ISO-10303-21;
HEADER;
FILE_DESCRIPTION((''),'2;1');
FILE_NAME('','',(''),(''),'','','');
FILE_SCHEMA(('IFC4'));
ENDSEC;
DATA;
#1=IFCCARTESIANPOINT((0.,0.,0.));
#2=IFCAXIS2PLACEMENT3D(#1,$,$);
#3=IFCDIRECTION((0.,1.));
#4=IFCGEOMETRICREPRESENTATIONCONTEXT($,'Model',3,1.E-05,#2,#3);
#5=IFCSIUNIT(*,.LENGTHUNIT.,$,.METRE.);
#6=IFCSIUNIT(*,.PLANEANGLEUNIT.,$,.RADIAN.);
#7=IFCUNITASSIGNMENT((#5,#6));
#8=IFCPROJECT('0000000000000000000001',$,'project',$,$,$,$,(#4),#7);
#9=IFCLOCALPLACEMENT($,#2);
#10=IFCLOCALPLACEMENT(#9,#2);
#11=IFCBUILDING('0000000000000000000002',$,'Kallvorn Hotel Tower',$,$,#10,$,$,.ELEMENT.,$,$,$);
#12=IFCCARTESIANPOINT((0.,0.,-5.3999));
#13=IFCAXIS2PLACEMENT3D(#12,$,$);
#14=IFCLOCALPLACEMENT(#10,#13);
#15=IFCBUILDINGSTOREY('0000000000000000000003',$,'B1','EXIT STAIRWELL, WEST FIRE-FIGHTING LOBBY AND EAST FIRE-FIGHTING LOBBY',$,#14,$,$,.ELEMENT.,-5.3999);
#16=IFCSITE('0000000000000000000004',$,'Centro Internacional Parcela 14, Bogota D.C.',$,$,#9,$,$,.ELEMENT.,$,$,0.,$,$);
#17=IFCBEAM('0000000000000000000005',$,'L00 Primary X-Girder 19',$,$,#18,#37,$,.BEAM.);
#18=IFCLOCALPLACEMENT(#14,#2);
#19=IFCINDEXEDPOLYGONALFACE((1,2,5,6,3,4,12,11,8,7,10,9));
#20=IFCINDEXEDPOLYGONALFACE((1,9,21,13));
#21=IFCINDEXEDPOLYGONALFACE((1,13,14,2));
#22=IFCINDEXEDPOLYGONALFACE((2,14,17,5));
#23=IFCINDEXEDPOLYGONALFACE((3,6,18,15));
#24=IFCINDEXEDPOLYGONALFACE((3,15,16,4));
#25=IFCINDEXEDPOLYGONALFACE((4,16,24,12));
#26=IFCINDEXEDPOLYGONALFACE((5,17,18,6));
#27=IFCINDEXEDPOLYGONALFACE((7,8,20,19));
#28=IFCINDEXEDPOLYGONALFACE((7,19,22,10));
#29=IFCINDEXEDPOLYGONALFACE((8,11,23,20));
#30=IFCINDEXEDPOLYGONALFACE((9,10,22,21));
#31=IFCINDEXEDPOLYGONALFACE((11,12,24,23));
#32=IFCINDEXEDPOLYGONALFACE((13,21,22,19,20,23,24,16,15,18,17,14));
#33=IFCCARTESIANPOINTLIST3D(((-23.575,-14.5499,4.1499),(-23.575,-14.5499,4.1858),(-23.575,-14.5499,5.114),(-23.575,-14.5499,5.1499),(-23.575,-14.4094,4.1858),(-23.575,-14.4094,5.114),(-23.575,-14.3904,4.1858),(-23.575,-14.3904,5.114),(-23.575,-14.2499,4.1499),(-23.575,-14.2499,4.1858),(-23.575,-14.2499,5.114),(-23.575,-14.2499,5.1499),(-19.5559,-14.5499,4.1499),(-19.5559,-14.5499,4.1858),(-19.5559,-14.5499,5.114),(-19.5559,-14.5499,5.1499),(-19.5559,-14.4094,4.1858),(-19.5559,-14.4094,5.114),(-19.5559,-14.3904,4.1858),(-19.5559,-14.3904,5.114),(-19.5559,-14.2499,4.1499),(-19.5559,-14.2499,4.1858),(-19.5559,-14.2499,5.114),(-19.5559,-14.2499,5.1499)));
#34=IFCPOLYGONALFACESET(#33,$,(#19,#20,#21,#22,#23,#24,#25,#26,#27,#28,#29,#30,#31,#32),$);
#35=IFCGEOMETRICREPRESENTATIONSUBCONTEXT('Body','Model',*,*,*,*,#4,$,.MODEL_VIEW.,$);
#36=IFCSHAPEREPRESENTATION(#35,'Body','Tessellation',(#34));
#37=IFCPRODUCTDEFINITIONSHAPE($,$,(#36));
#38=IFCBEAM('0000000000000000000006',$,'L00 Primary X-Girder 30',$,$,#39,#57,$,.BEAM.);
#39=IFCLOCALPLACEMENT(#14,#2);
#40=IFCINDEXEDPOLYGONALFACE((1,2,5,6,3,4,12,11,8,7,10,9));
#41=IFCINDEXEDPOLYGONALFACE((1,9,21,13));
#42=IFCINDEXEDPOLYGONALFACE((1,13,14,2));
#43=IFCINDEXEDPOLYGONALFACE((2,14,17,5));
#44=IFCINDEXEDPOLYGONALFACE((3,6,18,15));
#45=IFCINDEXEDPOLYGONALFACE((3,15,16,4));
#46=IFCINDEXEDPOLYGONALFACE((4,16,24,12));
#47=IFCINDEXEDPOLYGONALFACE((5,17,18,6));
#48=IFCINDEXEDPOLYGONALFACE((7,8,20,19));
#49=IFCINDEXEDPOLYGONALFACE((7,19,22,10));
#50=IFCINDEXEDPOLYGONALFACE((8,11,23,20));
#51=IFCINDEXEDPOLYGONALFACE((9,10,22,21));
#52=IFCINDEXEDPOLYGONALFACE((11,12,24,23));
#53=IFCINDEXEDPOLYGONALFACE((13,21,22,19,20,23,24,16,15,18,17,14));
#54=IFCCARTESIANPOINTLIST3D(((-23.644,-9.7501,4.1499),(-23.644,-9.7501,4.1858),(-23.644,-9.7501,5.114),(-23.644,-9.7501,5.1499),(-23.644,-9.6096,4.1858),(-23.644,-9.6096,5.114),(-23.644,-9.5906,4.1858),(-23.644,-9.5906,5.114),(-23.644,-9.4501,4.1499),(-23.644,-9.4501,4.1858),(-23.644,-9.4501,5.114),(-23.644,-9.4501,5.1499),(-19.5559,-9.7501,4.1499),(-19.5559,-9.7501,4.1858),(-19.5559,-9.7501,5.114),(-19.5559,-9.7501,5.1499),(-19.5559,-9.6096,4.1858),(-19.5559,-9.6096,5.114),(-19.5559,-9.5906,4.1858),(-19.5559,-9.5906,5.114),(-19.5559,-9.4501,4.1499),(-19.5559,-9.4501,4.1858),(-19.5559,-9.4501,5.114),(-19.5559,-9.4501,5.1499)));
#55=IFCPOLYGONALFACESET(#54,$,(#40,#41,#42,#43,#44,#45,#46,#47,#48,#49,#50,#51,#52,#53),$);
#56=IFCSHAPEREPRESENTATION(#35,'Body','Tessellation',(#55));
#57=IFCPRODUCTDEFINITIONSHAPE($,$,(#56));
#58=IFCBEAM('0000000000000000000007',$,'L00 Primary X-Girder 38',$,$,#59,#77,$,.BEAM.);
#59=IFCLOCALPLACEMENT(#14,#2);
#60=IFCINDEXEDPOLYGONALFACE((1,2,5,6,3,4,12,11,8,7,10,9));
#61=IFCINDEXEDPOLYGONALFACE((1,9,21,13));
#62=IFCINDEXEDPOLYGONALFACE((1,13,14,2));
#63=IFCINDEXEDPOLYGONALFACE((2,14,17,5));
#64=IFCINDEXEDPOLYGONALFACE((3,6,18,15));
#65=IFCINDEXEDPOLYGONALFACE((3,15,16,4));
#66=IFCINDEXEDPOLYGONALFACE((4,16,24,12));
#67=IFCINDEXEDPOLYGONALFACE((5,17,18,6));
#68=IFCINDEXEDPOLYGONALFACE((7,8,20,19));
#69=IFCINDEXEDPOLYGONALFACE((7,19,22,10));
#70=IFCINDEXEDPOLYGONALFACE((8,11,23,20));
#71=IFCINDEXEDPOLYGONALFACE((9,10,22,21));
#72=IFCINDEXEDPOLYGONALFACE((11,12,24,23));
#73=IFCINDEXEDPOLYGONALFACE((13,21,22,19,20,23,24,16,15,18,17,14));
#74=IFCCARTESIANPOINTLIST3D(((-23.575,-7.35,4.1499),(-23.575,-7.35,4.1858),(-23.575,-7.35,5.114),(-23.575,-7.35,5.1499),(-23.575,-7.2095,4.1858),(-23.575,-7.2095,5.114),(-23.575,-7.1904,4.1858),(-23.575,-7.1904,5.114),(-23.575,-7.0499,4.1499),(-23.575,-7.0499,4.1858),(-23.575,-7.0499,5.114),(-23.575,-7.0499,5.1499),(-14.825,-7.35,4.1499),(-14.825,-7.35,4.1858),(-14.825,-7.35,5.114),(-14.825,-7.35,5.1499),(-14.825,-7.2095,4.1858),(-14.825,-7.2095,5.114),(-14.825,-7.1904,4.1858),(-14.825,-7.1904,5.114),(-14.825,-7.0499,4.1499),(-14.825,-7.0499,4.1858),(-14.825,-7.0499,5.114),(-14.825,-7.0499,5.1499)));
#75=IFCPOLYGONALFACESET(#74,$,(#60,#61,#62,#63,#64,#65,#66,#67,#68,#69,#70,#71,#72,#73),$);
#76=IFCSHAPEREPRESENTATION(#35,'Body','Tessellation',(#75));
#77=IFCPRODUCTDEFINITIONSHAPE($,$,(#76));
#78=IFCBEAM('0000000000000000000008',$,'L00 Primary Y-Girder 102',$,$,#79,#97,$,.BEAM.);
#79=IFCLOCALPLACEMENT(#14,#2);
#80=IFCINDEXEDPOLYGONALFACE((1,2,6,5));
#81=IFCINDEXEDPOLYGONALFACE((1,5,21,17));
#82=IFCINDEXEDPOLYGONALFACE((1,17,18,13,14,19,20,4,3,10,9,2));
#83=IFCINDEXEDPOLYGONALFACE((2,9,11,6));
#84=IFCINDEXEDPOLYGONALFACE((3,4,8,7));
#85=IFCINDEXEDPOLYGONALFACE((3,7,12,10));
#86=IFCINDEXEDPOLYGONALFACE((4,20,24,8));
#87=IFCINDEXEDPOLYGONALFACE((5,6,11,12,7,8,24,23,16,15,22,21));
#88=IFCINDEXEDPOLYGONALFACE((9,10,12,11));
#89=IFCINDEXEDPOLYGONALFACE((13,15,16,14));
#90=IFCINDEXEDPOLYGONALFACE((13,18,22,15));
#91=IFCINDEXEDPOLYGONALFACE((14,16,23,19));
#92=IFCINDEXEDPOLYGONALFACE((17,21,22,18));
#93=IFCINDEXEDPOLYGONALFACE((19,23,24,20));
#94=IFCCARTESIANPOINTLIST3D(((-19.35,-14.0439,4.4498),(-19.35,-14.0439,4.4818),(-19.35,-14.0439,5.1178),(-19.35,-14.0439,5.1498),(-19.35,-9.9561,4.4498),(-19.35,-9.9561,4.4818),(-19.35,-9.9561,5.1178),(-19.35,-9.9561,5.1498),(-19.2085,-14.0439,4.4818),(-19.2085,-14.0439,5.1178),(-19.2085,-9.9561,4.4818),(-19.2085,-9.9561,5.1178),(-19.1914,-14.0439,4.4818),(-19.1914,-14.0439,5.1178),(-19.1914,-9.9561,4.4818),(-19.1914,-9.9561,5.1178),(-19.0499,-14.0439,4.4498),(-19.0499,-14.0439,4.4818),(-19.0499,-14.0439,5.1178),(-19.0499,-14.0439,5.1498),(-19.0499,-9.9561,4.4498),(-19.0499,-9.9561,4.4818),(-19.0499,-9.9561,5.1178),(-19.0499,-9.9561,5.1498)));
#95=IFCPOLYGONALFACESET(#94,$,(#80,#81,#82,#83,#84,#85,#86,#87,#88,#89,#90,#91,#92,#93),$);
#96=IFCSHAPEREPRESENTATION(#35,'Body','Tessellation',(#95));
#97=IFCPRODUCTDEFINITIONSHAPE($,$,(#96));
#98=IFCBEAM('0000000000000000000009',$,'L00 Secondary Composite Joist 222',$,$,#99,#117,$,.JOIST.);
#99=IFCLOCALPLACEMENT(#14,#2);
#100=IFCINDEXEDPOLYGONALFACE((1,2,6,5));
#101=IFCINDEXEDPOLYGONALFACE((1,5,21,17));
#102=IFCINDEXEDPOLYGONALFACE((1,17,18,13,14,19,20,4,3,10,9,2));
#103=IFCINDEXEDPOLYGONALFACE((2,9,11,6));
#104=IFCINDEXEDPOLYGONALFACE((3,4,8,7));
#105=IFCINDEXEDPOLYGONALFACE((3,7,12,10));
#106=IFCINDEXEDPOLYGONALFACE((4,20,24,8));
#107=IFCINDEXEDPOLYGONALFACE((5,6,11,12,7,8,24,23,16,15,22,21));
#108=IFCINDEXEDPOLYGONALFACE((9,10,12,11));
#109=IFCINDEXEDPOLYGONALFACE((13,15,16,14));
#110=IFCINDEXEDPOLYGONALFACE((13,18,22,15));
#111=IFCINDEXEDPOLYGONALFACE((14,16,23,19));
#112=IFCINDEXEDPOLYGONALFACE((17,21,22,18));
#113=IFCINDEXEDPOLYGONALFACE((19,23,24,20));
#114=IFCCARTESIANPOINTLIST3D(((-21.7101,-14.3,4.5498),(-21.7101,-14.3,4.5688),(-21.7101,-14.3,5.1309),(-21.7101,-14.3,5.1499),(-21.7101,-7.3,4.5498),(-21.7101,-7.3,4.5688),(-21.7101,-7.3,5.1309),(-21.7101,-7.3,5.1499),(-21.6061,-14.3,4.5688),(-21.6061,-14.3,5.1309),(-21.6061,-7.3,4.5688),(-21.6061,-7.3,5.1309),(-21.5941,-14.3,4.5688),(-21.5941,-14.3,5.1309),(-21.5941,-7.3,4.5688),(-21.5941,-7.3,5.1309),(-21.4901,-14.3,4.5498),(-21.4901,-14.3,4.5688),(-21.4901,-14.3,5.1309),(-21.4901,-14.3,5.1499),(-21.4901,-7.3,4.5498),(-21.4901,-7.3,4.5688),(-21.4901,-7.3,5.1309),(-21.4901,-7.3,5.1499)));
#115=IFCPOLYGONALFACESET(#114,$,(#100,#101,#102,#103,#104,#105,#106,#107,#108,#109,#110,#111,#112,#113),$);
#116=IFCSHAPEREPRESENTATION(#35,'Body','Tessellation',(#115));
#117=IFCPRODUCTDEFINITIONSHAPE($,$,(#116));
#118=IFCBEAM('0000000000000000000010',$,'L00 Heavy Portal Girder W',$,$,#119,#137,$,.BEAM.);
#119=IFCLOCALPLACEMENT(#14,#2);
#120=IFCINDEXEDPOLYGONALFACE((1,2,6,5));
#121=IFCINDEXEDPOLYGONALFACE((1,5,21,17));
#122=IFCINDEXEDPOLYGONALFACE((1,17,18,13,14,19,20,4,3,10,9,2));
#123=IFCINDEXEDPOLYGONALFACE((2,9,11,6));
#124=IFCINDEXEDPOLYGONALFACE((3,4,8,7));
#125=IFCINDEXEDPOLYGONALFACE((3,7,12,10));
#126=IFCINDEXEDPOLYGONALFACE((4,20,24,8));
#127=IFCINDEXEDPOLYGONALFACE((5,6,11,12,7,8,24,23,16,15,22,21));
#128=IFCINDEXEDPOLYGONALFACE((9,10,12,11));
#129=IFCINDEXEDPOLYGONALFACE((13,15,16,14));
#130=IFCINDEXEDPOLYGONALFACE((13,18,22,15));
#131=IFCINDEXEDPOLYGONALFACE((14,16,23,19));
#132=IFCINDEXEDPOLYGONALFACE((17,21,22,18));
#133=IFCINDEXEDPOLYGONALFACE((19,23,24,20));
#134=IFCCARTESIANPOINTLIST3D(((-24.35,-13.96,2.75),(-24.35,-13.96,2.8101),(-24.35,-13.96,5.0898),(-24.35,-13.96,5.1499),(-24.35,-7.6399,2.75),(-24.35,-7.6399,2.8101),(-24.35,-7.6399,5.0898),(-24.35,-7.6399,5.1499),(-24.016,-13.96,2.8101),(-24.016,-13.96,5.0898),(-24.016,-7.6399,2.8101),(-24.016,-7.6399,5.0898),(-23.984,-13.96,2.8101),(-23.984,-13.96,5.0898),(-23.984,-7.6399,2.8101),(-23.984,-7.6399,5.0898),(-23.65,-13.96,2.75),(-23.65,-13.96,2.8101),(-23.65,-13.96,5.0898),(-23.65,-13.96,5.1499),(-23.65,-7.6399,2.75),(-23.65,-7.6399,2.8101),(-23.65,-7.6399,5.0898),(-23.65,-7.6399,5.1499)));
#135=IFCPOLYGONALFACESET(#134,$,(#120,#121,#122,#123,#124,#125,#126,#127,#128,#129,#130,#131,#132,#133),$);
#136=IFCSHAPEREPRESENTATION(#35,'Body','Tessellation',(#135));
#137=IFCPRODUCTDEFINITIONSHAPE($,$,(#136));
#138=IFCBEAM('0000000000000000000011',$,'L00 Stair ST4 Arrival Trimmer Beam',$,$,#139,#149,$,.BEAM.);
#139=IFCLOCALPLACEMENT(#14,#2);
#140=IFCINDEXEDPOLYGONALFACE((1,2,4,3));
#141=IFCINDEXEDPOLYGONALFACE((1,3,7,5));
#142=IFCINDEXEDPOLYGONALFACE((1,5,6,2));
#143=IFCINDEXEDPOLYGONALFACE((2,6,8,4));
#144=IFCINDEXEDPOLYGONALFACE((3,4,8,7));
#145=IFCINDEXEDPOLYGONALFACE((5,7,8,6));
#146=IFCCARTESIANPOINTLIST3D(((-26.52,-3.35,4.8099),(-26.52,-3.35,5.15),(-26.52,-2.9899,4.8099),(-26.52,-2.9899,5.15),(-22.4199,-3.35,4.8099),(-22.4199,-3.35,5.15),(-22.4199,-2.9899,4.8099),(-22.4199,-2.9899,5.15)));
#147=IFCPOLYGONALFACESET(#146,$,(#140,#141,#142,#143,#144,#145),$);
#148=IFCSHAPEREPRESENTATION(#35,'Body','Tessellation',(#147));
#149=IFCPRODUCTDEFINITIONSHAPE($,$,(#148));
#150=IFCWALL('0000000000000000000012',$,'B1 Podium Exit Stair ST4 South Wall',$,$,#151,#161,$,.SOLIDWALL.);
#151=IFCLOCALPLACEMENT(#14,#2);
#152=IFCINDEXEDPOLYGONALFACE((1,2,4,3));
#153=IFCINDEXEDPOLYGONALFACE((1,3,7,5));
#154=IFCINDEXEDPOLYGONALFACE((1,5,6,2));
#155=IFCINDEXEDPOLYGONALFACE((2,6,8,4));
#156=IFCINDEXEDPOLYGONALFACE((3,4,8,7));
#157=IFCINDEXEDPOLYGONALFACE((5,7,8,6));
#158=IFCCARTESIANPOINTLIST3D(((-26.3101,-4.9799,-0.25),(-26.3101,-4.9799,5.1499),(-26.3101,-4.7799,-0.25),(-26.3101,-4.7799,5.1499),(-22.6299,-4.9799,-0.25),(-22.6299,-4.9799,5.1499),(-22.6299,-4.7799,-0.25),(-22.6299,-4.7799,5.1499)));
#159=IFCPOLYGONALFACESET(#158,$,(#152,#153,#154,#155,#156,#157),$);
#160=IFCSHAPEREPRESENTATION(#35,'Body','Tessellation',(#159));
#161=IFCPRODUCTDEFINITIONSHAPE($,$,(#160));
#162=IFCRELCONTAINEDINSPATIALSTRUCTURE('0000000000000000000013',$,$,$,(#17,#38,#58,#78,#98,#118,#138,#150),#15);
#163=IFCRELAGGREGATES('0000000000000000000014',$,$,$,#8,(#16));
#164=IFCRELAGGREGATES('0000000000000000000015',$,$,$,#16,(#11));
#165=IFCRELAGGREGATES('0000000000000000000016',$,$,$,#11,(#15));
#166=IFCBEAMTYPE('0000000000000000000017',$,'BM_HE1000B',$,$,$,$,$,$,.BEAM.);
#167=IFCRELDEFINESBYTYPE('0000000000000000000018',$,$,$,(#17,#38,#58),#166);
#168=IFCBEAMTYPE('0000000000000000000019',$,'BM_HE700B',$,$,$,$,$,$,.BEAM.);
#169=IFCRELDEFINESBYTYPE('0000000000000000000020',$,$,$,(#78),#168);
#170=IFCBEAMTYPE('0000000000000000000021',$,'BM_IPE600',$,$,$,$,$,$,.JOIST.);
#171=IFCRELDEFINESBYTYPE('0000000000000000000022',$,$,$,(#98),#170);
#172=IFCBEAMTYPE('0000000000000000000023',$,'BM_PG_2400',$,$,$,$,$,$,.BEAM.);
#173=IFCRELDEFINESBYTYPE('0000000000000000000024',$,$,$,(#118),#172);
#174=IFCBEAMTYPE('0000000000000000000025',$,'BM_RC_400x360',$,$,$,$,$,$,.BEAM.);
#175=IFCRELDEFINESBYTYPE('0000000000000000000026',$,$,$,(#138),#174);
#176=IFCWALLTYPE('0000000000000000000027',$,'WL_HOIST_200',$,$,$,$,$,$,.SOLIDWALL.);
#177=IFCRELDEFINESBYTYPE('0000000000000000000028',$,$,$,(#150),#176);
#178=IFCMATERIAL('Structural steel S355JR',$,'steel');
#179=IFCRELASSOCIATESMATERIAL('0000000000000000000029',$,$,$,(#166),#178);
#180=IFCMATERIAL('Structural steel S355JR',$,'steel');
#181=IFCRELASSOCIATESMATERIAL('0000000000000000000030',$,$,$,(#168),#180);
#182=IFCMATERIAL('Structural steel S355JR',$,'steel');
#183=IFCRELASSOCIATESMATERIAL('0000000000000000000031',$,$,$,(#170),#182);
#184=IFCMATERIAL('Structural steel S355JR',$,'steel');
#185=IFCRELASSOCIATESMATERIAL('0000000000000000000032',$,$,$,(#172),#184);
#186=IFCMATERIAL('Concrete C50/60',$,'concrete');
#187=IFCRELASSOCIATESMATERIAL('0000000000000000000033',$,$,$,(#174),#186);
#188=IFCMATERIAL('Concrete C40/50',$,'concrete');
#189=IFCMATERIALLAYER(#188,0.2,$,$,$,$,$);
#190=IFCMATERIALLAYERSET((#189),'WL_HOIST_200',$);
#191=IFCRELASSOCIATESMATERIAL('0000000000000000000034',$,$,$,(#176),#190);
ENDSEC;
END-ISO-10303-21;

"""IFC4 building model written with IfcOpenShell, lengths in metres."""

from ifc_helpers import new_model, si_unit, direction, frame, frame_2d, origin, origin_2d, place, context, subcontext, project, spatial, rectangle, i_section, extrude, material, layer, layer_set, material_profile, profile_set, type_object, element, save


model = new_model("IFC4")

# Units and contexts
model_context = context("Model", 3, precision=1e-05, world=origin(), true_north=direction((0.0, 1.0)))
body_context = subcontext(model_context, "Body", "Model", "MODEL_VIEW")
ifc_project = project(units=[si_unit("LENGTHUNIT", "METRE"), si_unit("PLANEANGLEUNIT", "RADIAN")], contexts=[model_context])

# Site, building, storey
site_placement = place(None, origin())
site = spatial("IfcSite", under=ifc_project, at=site_placement, Name="Centro Internacional Parcela 14, Bogota D.C.", CompositionType="ELEMENT", RefElevation=0.0)
building_placement = place(site_placement, origin())
building = spatial("IfcBuilding", under=site, at=building_placement, Name="Kallvorn Hotel Tower", CompositionType="ELEMENT")
storey_placement = place(building_placement, frame((0.0, 0.0, -5.3999)))
storey = spatial("IfcBuildingStorey", under=building, at=storey_placement, Name="B1", Description="EXIT STAIRWELL, WEST FIRE-FIGHTING LOBBY AND EAST FIRE-FIGHTING LOBBY", CompositionType="ELEMENT", Elevation=-5.3999)

# Beams
ifc_material_1 = material(Name="Structural steel S355JR", Category="steel")
ifc_material_profile_1 = material_profile(ifc_material_1, i_section(OverallWidth=0.3, OverallDepth=1.0, WebThickness=0.019, FlangeThickness=0.0359, at=origin_2d()), Name="HE 1000 B")
ifc_profile_set_1 = profile_set([ifc_material_profile_1], Name="Structural steel S355JR")
beam_type_1 = type_object("IfcBeamType", Name="BM_HE1000B", PredefinedType="BEAM", material=ifc_profile_set_1)
beam_1_placement = place(storey_placement, frame((-23.575, -14.3999, 4.6499), z_axis=(1.0, 0.0, 0.0), x_axis=(0.0, 1.0, 0.0)))
element("IfcBeam", 1, at=beam_1_placement, inside=storey, type_object=beam_type_1, Name="L00 Primary X-Girder 19", PredefinedType="BEAM", context=body_context, shape_type="SweptSolid", body=[
    extrude(i_section(OverallWidth=0.3, OverallDepth=1.0, WebThickness=0.019, FlangeThickness=0.0359, at=origin_2d()), origin(), (0.0, 0.0, 1.0), 4.019),
])
beam_2_placement = place(storey_placement, frame((-23.644, -9.6001, 4.6499), z_axis=(1.0, 0.0, 0.0), x_axis=(0.0, 1.0, 0.0)))
element("IfcBeam", 2, at=beam_2_placement, inside=storey, type_object=beam_type_1, Name="L00 Primary X-Girder 30", PredefinedType="BEAM", context=body_context, shape_type="SweptSolid", body=[
    extrude(i_section(OverallWidth=0.3, OverallDepth=1.0, WebThickness=0.019, FlangeThickness=0.0359, at=origin_2d()), origin(), (0.0, 0.0, 1.0), 4.0881),
])
beam_3_placement = place(storey_placement, frame((-23.575, -7.2, 4.6499), z_axis=(1.0, 0.0, 0.0), x_axis=(0.0, 1.0, 0.0)))
element("IfcBeam", 3, at=beam_3_placement, inside=storey, type_object=beam_type_1, Name="L00 Primary X-Girder 38", PredefinedType="BEAM", context=body_context, shape_type="SweptSolid", body=[
    extrude(i_section(OverallWidth=0.3, OverallDepth=1.0, WebThickness=0.019, FlangeThickness=0.0359, at=origin_2d()), origin(), (0.0, 0.0, 1.0), 8.75),
])
ifc_material_2 = material(Name="Structural steel S355JR", Category="steel")
ifc_material_profile_2 = material_profile(ifc_material_2, i_section(OverallWidth=0.3, OverallDepth=0.7, WebThickness=0.0171, FlangeThickness=0.032, at=origin_2d()), Name="HE 700 B")
ifc_profile_set_2 = profile_set([ifc_material_profile_2], Name="Structural steel S355JR")
beam_type_2 = type_object("IfcBeamType", Name="BM_HE700B", PredefinedType="BEAM", material=ifc_profile_set_2)
beam_4_placement = place(storey_placement, frame((-19.2, -14.0439, 4.7998), z_axis=(0.0, 1.0, 0.0), x_axis=(-1.0, 0.0, 0.0)))
element("IfcBeam", 4, at=beam_4_placement, inside=storey, type_object=beam_type_2, Name="L00 Primary Y-Girder 102", PredefinedType="BEAM", context=body_context, shape_type="SweptSolid", body=[
    extrude(i_section(OverallWidth=0.3, OverallDepth=0.7, WebThickness=0.0171, FlangeThickness=0.032, at=origin_2d()), origin(), (0.0, 0.0, 1.0), 4.0879),
])
ifc_material_3 = material(Name="Structural steel S355JR", Category="steel")
ifc_material_profile_3 = material_profile(ifc_material_3, i_section(OverallWidth=0.22, OverallDepth=0.6001, WebThickness=0.012, FlangeThickness=0.019, at=origin_2d()), Name="IPE 600")
ifc_profile_set_3 = profile_set([ifc_material_profile_3], Name="Structural steel S355JR")
beam_type_3 = type_object("IfcBeamType", Name="BM_IPE600", PredefinedType="JOIST", material=ifc_profile_set_3)
beam_5_placement = place(storey_placement, frame((-21.6001, -14.3, 4.8499), z_axis=(0.0, 1.0, 0.0), x_axis=(-1.0, 0.0, 0.0)))
element("IfcBeam", 5, at=beam_5_placement, inside=storey, type_object=beam_type_3, Name="L00 Secondary Composite Joist 222", PredefinedType="JOIST", context=body_context, shape_type="SweptSolid", body=[
    extrude(i_section(OverallWidth=0.22, OverallDepth=0.6001, WebThickness=0.012, FlangeThickness=0.019, at=origin_2d()), origin(), (0.0, 0.0, 1.0), 7.0),
])
ifc_material_4 = material(Name="Structural steel S355JR", Category="steel")
ifc_material_profile_4 = material_profile(ifc_material_4, i_section(OverallWidth=0.7, OverallDepth=2.3999, WebThickness=0.032, FlangeThickness=0.0601, at=origin_2d()), Name="PG 2400x700x32x60")
ifc_profile_set_4 = profile_set([ifc_material_profile_4], Name="Structural steel S355JR")
beam_type_4 = type_object("IfcBeamType", Name="BM_PG_2400", PredefinedType="BEAM", material=ifc_profile_set_4)
beam_6_placement = place(storey_placement, frame((-24.0, -13.96, 3.95), z_axis=(0.0, 1.0, 0.0), x_axis=(-1.0, 0.0, 0.0)))
element("IfcBeam", 6, at=beam_6_placement, inside=storey, type_object=beam_type_4, Name="L00 Heavy Portal Girder W", PredefinedType="BEAM", context=body_context, shape_type="SweptSolid", body=[
    extrude(i_section(OverallWidth=0.7, OverallDepth=2.3999, WebThickness=0.032, FlangeThickness=0.0601, at=origin_2d()), origin(), (0.0, 0.0, 1.0), 6.3201),
])
ifc_material_5 = material(Name="Concrete C50/60", Category="concrete")
ifc_material_profile_5 = material_profile(ifc_material_5, rectangle(XDim=0.3601, YDim=0.3401, at=origin_2d()), Name="RC 360x340")
ifc_profile_set_5 = profile_set([ifc_material_profile_5], Name="Concrete C50/60")
beam_type_5 = type_object("IfcBeamType", Name="BM_RC_400x360", PredefinedType="BEAM", material=ifc_profile_set_5)
beam_7_placement = place(storey_placement, frame((-22.4199, -3.1699, 4.98), z_axis=(-1.0, 0.0, 0.0), x_axis=(0.0, -1.0, 0.0)))
element("IfcBeam", 7, at=beam_7_placement, inside=storey, type_object=beam_type_5, Name="L00 Stair ST4 Arrival Trimmer Beam", PredefinedType="BEAM", context=body_context, shape_type="SweptSolid", body=[
    extrude(rectangle(XDim=0.3601, YDim=0.3401, at=origin_2d()), origin(), (0.0, 0.0, 1.0), 4.1001),
])

# Wall
ifc_material_6 = material(Name="Concrete C40/50", Category="concrete")
ifc_layer_1 = layer(ifc_material_6, 0.2)
ifc_layer_set_1 = layer_set([ifc_layer_1], Name="WL_HOIST_200")
wall_type_1 = type_object("IfcWallType", Name="WL_HOIST_200", PredefinedType="SOLIDWALL", material=ifc_layer_set_1)
wall_1_placement = place(storey_placement, frame((-26.3101, -4.8799, -0.25), z_axis=(0.0, 0.0, 1.0), x_axis=(1.0, 0.0, 0.0)))
element("IfcWall", 8, at=wall_1_placement, inside=storey, type_object=wall_type_1, Name="B1 Podium Exit Stair ST4 South Wall", PredefinedType="SOLIDWALL", context=body_context, shape_type="SweptSolid", body=[
    extrude(rectangle(XDim=3.6802, YDim=0.2, at=frame_2d((1.8401, 0.0))), origin(), (0.0, 0.0, 1.0), 5.3999),
])

save(model, "model.ifc")
